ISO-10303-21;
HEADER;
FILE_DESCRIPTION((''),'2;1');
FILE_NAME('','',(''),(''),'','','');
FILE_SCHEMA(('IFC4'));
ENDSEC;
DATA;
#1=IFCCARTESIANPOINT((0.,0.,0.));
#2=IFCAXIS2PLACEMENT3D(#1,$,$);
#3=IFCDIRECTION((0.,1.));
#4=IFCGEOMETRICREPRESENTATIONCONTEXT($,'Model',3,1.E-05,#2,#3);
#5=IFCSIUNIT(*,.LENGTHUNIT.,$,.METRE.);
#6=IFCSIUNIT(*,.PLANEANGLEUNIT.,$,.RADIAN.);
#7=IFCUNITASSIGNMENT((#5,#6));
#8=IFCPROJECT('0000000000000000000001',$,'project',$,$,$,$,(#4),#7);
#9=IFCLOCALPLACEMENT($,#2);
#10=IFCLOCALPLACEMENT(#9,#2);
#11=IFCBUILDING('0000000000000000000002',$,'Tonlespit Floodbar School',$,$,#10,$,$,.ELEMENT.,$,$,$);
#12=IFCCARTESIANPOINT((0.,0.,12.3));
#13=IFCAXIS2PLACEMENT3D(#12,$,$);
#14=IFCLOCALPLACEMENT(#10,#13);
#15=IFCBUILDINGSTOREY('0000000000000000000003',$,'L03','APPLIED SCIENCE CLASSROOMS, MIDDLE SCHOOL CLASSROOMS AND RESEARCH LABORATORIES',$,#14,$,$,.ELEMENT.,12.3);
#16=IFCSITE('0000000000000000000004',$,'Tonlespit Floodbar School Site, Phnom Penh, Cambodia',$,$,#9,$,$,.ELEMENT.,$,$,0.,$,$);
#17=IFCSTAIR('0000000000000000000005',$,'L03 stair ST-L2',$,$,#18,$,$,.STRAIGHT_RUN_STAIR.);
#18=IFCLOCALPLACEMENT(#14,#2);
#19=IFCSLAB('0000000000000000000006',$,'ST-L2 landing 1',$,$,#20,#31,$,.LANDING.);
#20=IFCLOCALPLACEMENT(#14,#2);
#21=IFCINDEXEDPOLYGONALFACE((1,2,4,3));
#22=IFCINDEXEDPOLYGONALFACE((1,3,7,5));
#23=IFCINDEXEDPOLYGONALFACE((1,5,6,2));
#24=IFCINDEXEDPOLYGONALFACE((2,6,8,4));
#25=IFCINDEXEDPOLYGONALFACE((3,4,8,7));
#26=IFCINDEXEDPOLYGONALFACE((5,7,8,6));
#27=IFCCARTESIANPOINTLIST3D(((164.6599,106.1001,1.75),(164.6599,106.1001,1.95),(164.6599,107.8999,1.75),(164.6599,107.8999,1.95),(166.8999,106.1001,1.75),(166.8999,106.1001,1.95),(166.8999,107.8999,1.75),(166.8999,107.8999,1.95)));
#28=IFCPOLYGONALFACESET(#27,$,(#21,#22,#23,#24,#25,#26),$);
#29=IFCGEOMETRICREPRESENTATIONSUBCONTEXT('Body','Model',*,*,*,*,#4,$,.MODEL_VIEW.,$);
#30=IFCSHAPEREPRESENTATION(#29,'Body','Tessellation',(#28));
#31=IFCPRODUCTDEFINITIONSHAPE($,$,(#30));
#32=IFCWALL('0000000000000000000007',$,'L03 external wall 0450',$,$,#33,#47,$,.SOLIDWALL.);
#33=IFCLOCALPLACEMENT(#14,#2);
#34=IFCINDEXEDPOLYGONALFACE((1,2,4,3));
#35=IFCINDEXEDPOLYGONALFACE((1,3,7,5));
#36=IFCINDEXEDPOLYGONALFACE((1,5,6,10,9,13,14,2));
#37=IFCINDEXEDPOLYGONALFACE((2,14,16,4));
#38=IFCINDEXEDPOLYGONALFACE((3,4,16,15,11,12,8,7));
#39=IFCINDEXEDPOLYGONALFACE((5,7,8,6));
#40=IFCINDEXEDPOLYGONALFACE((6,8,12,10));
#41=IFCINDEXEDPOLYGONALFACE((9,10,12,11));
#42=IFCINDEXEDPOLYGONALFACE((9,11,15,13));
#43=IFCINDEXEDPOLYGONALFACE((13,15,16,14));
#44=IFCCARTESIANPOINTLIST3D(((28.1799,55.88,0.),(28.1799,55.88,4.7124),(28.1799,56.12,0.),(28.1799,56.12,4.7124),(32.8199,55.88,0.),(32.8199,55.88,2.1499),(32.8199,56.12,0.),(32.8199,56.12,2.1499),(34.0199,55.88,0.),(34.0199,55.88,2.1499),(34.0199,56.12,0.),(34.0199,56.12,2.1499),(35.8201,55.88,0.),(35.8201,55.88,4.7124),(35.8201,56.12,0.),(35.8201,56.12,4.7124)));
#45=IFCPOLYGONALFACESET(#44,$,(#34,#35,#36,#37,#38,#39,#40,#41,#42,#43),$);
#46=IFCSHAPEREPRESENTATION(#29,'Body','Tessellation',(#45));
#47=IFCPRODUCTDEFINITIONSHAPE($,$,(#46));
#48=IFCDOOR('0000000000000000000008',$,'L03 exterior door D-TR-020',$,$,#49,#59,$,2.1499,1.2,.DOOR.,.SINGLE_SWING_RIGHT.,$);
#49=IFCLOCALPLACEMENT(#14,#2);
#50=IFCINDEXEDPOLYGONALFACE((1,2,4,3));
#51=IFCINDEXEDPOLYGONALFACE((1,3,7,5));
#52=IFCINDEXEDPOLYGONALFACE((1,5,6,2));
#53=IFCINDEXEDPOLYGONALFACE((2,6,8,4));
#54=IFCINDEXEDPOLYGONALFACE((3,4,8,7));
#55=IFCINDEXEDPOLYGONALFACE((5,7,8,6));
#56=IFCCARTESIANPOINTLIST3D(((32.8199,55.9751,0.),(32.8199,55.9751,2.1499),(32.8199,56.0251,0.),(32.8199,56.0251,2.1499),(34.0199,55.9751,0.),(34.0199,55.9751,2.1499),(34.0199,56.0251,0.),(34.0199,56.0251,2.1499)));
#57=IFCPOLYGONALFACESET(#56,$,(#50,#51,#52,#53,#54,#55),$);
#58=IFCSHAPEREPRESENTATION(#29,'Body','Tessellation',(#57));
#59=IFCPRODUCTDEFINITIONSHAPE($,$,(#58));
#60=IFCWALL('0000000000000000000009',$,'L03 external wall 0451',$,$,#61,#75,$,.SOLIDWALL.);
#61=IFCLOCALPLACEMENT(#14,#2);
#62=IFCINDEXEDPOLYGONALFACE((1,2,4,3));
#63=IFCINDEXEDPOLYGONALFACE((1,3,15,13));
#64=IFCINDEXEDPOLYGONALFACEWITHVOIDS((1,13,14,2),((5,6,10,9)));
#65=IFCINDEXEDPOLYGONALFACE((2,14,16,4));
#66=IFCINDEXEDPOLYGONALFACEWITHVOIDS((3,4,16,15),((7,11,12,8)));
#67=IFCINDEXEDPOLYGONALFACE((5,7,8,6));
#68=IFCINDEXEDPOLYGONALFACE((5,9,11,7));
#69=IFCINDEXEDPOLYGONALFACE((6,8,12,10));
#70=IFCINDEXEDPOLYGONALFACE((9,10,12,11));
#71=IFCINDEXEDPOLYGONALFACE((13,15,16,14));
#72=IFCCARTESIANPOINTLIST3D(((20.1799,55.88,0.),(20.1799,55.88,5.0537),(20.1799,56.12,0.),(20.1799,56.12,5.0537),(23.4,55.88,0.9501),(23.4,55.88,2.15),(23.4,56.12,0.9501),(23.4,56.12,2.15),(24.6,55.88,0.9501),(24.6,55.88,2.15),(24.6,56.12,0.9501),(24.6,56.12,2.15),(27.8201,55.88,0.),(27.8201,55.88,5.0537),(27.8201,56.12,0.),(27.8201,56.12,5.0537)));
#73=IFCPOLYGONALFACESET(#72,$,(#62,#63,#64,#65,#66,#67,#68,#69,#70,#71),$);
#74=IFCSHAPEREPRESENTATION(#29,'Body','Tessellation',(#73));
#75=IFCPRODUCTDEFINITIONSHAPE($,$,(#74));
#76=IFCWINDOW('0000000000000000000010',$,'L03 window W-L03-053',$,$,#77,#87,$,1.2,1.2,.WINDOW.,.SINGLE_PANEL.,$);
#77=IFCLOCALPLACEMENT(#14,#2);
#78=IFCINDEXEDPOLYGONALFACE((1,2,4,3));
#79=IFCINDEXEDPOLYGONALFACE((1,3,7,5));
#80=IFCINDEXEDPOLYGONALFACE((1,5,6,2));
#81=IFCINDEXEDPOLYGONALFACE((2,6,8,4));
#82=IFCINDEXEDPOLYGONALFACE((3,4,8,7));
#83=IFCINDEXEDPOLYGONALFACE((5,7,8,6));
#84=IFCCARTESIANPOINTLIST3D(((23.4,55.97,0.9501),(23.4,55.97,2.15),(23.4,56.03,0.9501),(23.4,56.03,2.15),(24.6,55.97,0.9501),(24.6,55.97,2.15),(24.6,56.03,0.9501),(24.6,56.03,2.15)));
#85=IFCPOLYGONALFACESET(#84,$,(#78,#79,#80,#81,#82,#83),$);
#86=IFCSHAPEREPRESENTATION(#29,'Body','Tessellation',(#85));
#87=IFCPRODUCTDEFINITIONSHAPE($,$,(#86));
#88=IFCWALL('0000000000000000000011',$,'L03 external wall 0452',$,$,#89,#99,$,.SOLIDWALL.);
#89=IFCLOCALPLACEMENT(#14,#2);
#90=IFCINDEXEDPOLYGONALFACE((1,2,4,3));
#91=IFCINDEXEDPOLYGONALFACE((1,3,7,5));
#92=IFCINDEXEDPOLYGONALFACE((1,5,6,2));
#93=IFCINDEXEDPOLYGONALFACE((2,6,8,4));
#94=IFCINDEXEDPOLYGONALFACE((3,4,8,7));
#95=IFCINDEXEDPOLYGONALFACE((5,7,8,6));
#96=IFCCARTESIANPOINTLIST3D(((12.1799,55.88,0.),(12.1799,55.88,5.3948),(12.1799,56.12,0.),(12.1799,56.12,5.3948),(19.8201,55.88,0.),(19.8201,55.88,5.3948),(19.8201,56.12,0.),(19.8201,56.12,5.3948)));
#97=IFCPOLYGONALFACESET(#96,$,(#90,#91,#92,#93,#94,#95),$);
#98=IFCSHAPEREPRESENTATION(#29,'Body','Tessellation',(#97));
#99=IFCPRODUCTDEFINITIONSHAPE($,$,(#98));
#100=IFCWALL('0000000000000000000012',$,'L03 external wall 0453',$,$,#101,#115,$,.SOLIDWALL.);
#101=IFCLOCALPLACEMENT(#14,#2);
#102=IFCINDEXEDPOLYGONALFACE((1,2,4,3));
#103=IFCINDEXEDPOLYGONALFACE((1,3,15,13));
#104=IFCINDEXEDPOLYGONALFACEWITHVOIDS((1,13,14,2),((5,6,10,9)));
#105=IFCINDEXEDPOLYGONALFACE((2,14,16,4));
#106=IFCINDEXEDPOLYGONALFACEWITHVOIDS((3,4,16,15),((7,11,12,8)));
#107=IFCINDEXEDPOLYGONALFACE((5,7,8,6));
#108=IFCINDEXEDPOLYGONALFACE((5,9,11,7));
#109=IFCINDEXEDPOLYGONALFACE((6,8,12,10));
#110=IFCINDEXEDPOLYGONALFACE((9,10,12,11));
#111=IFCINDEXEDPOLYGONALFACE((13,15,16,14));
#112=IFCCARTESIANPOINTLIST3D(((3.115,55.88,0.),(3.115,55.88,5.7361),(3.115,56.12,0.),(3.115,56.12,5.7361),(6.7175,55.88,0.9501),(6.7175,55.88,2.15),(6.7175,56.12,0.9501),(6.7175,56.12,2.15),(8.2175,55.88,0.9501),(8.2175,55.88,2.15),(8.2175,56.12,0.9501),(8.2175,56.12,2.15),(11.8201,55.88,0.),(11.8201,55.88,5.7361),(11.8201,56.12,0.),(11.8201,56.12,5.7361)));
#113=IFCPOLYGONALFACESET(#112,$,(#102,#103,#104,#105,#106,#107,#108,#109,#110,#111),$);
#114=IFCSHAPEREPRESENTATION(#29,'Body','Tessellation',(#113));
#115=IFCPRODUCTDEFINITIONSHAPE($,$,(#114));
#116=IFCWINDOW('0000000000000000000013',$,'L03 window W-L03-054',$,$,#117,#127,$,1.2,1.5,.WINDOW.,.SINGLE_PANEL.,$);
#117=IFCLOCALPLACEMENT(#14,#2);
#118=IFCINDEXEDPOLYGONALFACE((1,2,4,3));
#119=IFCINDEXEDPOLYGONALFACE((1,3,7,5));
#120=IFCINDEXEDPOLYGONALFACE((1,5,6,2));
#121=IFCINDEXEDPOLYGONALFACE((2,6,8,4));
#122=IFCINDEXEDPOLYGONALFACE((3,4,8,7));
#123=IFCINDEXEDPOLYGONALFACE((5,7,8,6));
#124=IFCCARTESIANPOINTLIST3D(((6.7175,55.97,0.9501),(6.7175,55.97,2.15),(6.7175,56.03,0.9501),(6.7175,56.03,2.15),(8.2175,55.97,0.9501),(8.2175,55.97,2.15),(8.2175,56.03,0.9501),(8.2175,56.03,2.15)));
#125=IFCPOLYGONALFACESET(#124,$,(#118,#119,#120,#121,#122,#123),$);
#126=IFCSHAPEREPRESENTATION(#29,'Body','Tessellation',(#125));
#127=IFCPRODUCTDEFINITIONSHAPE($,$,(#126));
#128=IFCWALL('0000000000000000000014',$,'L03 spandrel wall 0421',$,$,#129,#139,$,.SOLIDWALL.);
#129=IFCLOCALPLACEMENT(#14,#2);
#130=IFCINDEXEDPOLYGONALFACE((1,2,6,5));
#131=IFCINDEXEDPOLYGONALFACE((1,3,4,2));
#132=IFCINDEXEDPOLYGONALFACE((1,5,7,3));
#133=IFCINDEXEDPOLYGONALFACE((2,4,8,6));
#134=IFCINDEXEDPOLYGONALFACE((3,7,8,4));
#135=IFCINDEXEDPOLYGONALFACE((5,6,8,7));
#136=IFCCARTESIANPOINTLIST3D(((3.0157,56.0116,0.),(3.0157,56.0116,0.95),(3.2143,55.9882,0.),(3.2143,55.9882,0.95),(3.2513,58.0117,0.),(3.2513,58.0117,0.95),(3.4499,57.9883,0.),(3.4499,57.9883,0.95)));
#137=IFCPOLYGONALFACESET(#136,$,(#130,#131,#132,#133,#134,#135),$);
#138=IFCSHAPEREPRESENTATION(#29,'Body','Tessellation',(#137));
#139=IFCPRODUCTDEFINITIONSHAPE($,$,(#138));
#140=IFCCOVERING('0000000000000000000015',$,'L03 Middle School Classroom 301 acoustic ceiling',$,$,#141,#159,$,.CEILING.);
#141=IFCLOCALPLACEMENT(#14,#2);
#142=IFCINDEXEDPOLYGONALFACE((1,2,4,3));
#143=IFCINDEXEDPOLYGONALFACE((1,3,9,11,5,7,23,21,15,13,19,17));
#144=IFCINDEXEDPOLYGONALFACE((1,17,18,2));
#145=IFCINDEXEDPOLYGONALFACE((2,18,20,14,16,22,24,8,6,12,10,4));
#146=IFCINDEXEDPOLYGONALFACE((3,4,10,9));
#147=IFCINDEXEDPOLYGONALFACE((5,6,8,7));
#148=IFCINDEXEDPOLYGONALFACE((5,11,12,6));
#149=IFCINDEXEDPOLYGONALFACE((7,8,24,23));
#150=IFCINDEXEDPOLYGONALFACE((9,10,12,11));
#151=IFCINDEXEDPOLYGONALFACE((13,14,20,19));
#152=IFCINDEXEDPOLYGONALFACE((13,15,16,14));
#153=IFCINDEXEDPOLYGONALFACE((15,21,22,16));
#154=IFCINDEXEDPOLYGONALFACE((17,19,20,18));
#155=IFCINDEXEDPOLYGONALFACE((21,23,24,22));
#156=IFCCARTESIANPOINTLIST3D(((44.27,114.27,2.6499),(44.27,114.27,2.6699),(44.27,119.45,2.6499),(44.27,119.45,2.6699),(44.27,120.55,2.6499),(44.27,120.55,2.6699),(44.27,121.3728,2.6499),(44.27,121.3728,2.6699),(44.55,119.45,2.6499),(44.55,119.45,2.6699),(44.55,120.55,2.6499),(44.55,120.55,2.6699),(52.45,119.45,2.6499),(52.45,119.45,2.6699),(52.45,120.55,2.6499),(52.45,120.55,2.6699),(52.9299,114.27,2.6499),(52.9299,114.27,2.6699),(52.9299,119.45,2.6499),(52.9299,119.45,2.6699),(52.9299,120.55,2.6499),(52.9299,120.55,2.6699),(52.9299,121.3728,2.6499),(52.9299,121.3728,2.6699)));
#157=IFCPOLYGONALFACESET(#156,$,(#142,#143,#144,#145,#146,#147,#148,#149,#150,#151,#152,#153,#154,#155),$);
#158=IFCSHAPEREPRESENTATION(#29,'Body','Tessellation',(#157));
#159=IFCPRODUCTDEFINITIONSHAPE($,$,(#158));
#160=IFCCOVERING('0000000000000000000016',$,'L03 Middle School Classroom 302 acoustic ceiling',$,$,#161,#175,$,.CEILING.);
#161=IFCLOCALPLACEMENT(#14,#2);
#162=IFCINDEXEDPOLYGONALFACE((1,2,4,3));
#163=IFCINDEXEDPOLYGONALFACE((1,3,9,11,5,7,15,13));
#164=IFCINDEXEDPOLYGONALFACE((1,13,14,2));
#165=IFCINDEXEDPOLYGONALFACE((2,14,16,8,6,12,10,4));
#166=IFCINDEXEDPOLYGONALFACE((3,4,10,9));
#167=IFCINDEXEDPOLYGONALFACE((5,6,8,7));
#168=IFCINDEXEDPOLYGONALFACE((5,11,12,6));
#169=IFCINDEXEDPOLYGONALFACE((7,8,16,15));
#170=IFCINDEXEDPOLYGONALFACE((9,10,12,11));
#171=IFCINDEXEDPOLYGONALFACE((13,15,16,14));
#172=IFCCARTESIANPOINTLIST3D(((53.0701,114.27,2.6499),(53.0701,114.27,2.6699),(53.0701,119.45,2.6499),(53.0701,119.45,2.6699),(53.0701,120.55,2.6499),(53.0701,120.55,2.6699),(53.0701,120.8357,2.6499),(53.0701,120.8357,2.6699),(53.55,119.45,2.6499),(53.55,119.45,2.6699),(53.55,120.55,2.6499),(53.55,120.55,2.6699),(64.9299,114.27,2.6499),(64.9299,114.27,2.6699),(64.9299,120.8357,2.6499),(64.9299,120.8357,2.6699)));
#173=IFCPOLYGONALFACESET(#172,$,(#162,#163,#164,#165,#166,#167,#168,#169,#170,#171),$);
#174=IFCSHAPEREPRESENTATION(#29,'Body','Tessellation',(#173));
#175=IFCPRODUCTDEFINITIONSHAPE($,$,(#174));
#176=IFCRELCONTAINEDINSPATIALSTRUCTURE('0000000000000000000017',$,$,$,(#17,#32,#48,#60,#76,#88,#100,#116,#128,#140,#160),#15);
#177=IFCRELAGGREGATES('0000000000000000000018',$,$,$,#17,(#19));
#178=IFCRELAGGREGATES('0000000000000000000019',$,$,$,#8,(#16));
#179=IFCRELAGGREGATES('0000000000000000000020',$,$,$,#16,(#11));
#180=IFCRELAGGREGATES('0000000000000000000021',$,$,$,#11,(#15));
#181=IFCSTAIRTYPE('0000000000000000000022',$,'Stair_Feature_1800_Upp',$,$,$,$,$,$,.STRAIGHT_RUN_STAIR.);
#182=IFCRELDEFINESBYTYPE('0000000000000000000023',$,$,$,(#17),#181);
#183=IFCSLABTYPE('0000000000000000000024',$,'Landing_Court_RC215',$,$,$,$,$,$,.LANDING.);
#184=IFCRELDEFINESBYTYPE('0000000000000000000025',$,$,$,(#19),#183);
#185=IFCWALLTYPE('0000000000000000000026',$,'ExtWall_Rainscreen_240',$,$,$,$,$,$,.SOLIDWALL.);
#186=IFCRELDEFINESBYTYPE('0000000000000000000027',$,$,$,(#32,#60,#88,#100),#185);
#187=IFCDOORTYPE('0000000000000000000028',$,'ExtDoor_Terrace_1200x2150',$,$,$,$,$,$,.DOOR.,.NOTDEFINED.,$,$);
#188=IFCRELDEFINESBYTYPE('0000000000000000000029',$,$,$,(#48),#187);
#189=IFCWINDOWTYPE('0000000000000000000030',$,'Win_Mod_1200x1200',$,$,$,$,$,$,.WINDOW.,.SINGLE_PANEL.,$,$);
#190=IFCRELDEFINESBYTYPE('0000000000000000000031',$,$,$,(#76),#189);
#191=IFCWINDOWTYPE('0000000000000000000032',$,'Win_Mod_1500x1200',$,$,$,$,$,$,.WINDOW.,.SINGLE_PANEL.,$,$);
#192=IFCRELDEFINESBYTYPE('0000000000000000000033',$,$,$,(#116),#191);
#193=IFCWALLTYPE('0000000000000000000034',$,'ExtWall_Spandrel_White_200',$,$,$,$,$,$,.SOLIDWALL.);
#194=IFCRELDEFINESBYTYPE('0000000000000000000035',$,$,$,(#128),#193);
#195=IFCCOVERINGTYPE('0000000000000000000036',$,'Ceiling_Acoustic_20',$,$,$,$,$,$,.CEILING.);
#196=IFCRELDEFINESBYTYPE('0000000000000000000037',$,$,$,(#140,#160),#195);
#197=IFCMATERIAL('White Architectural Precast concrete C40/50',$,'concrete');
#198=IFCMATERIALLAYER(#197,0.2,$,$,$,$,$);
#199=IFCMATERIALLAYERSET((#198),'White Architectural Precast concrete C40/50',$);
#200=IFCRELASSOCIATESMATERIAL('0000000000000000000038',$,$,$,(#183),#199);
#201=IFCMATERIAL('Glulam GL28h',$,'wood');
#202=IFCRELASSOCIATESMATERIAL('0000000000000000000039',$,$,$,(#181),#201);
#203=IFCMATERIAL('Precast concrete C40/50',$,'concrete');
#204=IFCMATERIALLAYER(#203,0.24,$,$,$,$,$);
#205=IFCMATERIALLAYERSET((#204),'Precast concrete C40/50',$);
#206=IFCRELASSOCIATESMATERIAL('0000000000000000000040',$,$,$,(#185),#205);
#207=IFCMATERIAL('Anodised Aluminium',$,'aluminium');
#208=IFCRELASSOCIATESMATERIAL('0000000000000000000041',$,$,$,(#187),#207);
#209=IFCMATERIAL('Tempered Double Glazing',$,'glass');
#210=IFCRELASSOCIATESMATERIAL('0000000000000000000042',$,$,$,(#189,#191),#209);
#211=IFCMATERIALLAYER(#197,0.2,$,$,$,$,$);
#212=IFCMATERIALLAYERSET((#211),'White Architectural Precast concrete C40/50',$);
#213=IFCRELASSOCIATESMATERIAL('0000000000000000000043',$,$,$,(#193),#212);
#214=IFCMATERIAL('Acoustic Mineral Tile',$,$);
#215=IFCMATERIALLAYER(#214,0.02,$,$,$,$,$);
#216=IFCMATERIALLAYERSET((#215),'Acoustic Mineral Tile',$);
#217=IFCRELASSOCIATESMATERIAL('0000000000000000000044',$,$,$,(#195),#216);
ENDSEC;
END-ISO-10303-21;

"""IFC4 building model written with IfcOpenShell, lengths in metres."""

from ifc_helpers import new_model, si_unit, direction, frame, frame_2d, origin, place, context, subcontext, project, spatial, polyline, rectangle, outline, extrude, material, layer, layer_set, type_object, element, fill, aggregate, save


model = new_model("IFC4")

# Units and contexts
model_context = context("Model", 3, precision=1e-05, world=origin(), true_north=direction((0.0, 1.0)))
body_context = subcontext(model_context, "Body", "Model", "MODEL_VIEW")
ifc_project = project(units=[si_unit("LENGTHUNIT", "METRE"), si_unit("PLANEANGLEUNIT", "RADIAN")], contexts=[model_context])

# Site, building, storey
site_placement = place(None, origin())
site = spatial("IfcSite", under=ifc_project, at=site_placement, Name="Tonlespit Floodbar School Site, Phnom Penh, Cambodia", CompositionType="ELEMENT", RefElevation=0.0)
building_placement = place(site_placement, origin())
building = spatial("IfcBuilding", under=site, at=building_placement, Name="Tonlespit Floodbar School", CompositionType="ELEMENT")
storey_placement = place(building_placement, frame((0.0, 0.0, 12.3)))
storey = spatial("IfcBuildingStorey", under=building, at=storey_placement, Name="L03", Description="APPLIED SCIENCE CLASSROOMS, MIDDLE SCHOOL CLASSROOMS AND RESEARCH LABORATORIES", CompositionType="ELEMENT", Elevation=12.3)

# Shared definitions
ifc_material_1 = material(Name="Glulam GL28h", Category="wood")

# Stair, slab
ifc_material_2 = material(Name="White Architectural Precast concrete C40/50", Category="concrete")
ifc_layer_1 = layer(ifc_material_2, 0.2)
ifc_layer_set_1 = layer_set([ifc_layer_1], Name="White Architectural Precast concrete C40/50")
slab_type = type_object("IfcSlabType", Name="Landing_Court_RC215", PredefinedType="LANDING", material=ifc_layer_set_1)
stair_type_1 = type_object("IfcStairType", Name="Stair_Feature_1800_Upp", PredefinedType="STRAIGHT_RUN_STAIR", material=ifc_material_1)
stair_1_placement = place(storey_placement, origin())
stair_1 = element("IfcStair", 1, at=stair_1_placement, inside=storey, type_object=stair_type_1, Name="L03 stair ST-L2", PredefinedType="STRAIGHT_RUN_STAIR")
slab_1_placement = place(storey_placement, frame((0.0, 0.0, 1.75)))
slab_1 = element("IfcSlab", 2, at=slab_1_placement, type_object=slab_type, Name="ST-L2 landing 1", PredefinedType="LANDING", context=body_context, shape_type="SweptSolid", body=[
    extrude(outline(polyline([(166.8999, 107.8999), (164.6599, 107.8999), (164.6599, 106.1001), (166.8999, 106.1001), (166.8999, 107.8999)])), origin(), (0.0, 0.0, 1.0), 0.2),
])
aggregate(stair_1, [slab_1])

# Wall, opening, door
ifc_material_3 = material(Name="Precast concrete C40/50", Category="concrete")
ifc_layer_2 = layer(ifc_material_3, 0.24)
ifc_layer_set_2 = layer_set([ifc_layer_2], Name="Precast concrete C40/50")
wall_type_1 = type_object("IfcWallType", Name="ExtWall_Rainscreen_240", PredefinedType="SOLIDWALL", material=ifc_layer_set_2)
wall_1_placement = place(storey_placement, frame((35.8201, 56.0, 0.0), z_axis=(0.0, 0.0, 1.0), x_axis=(-1.0, 0.0, 0.0)))
wall_1 = element("IfcWall", 3, at=wall_1_placement, inside=storey, type_object=wall_type_1, Name="L03 external wall 0450", PredefinedType="SOLIDWALL", context=body_context, shape_type="SweptSolid", body=[
    extrude(rectangle(XDim=7.6401, YDim=0.24, at=frame_2d((3.8201, 0.0))), origin(), (0.0, 0.0, 1.0), 4.7124),
])
opening_1_placement = place(wall_1_placement, frame((1.8, 0.0, 0.0)))
opening_1 = element("IfcOpeningElement", 4, at=opening_1_placement, cuts=wall_1, PredefinedType="OPENING", context=body_context, shape_type="SweptSolid", body=[
    extrude(rectangle(XDim=1.2, YDim=2.1499, at=frame_2d((0.6001, 1.075))), frame((0.0, 0.1299, 0.0), z_axis=(0.0, -1.0, 0.0), x_axis=(1.0, 0.0, 0.0)), (0.0, 0.0, 1.0), 0.26),
])
ifc_material_4 = material(Name="Anodised Aluminium", Category="aluminium")
door_type = type_object("IfcDoorType", Name="ExtDoor_Terrace_1200x2150", OperationType="NOTDEFINED", PredefinedType="DOOR", material=ifc_material_4)
door_placement = place(opening_1_placement, origin())
door = element("IfcDoor", 5, at=door_placement, inside=storey, type_object=door_type, Name="L03 exterior door D-TR-020", OperationType="SINGLE_SWING_RIGHT", OverallHeight=2.1499, OverallWidth=1.2, PredefinedType="DOOR", context=body_context, shape_type="SweptSolid", body=[
    extrude(rectangle(XDim=1.2, YDim=2.1499, at=frame_2d((0.6001, 1.075))), frame((0.0, 0.0249, 0.0), z_axis=(0.0, -1.0, 0.0), x_axis=(1.0, 0.0, 0.0)), (0.0, 0.0, 1.0), 0.05),
])
fill(opening_1, door)

# Wall, opening, window
wall_2_placement = place(storey_placement, frame((27.8201, 56.0, 0.0), z_axis=(0.0, 0.0, 1.0), x_axis=(-1.0, 0.0, 0.0)))
wall_2 = element("IfcWall", 6, at=wall_2_placement, inside=storey, type_object=wall_type_1, Name="L03 external wall 0451", PredefinedType="SOLIDWALL", context=body_context, shape_type="SweptSolid", body=[
    extrude(rectangle(XDim=7.6401, YDim=0.24, at=frame_2d((3.8201, 0.0))), origin(), (0.0, 0.0, 1.0), 5.0537),
])
opening_2_placement = place(wall_2_placement, frame((3.22, 0.0, 0.95)))
opening_2 = element("IfcOpeningElement", 7, at=opening_2_placement, cuts=wall_2, PredefinedType="OPENING", context=body_context, shape_type="SweptSolid", body=[
    extrude(rectangle(XDim=1.2, YDim=1.2, at=frame_2d((0.6001, 0.6001))), frame((0.0, 0.1299, 0.0), z_axis=(0.0, -1.0, 0.0), x_axis=(1.0, 0.0, 0.0)), (0.0, 0.0, 1.0), 0.26),
])
ifc_material_5 = material(Name="Tempered Double Glazing", Category="glass")
window_type_1 = type_object("IfcWindowType", Name="Win_Mod_1200x1200", PartitioningType="SINGLE_PANEL", PredefinedType="WINDOW", material=ifc_material_5)
window_1_placement = place(opening_2_placement, origin())
window_1 = element("IfcWindow", 8, at=window_1_placement, inside=storey, type_object=window_type_1, Name="L03 window W-L03-053", OverallHeight=1.2, OverallWidth=1.2, PartitioningType="SINGLE_PANEL", PredefinedType="WINDOW", context=body_context, shape_type="SweptSolid", body=[
    extrude(rectangle(XDim=1.2, YDim=1.2, at=frame_2d((0.6001, 0.6001))), frame((0.0, 0.03, 0.0), z_axis=(0.0, -1.0, 0.0), x_axis=(1.0, 0.0, 0.0)), (0.0, 0.0, 1.0), 0.0601),
])
fill(opening_2, window_1)

# Wall
wall_3_placement = place(storey_placement, frame((19.8201, 56.0, 0.0), z_axis=(0.0, 0.0, 1.0), x_axis=(-1.0, 0.0, 0.0)))
element("IfcWall", 9, at=wall_3_placement, inside=storey, type_object=wall_type_1, Name="L03 external wall 0452", PredefinedType="SOLIDWALL", context=body_context, shape_type="SweptSolid", body=[
    extrude(rectangle(XDim=7.6401, YDim=0.24, at=frame_2d((3.8201, 0.0))), origin(), (0.0, 0.0, 1.0), 5.3948),
])

# Wall, opening, window
wall_4_placement = place(storey_placement, frame((11.8201, 56.0, 0.0), z_axis=(0.0, 0.0, 1.0), x_axis=(-1.0, 0.0, 0.0)))
wall_4 = element("IfcWall", 10, at=wall_4_placement, inside=storey, type_object=wall_type_1, Name="L03 external wall 0453", PredefinedType="SOLIDWALL", context=body_context, shape_type="SweptSolid", body=[
    extrude(rectangle(XDim=8.7051, YDim=0.24, at=frame_2d((4.3525, 0.0))), origin(), (0.0, 0.0, 1.0), 5.7361),
])
opening_3_placement = place(wall_4_placement, frame((3.6025, 0.0, 0.95)))
opening_3 = element("IfcOpeningElement", 11, at=opening_3_placement, cuts=wall_4, PredefinedType="OPENING", context=body_context, shape_type="SweptSolid", body=[
    extrude(rectangle(XDim=1.5, YDim=1.2, at=frame_2d((0.75, 0.6001))), frame((0.0, 0.1299, 0.0), z_axis=(0.0, -1.0, 0.0), x_axis=(1.0, 0.0, 0.0)), (0.0, 0.0, 1.0), 0.26),
])
window_type_2 = type_object("IfcWindowType", Name="Win_Mod_1500x1200", PartitioningType="SINGLE_PANEL", PredefinedType="WINDOW", material=ifc_material_5)
window_2_placement = place(opening_3_placement, origin())
window_2 = element("IfcWindow", 12, at=window_2_placement, inside=storey, type_object=window_type_2, Name="L03 window W-L03-054", OverallHeight=1.2, OverallWidth=1.5, PartitioningType="SINGLE_PANEL", PredefinedType="WINDOW", context=body_context, shape_type="SweptSolid", body=[
    extrude(rectangle(XDim=1.5, YDim=1.2, at=frame_2d((0.75, 0.6001))), frame((0.0, 0.03, 0.0), z_axis=(0.0, -1.0, 0.0), x_axis=(1.0, 0.0, 0.0)), (0.0, 0.0, 1.0), 0.0601),
])
fill(opening_3, window_2)

# Wall
ifc_layer_3 = layer(ifc_material_2, 0.2)
ifc_layer_set_3 = layer_set([ifc_layer_3], Name="White Architectural Precast concrete C40/50")
wall_type_2 = type_object("IfcWallType", Name="ExtWall_Spandrel_White_200", PredefinedType="SOLIDWALL", material=ifc_layer_set_3)
wall_5_placement = place(storey_placement, frame((3.115, 56.0, 0.0), z_axis=(0.0, 0.0, 1.0), x_axis=(0.116989, 0.993133, 0.0)))
element("IfcWall", 13, at=wall_5_placement, inside=storey, type_object=wall_type_2, Name="L03 spandrel wall 0421", PredefinedType="SOLIDWALL", context=body_context, shape_type="SweptSolid", body=[
    extrude(rectangle(XDim=2.0139, YDim=0.2, at=frame_2d((1.0068, 0.0))), origin(), (0.0, 0.0, 1.0), 0.95),
])

# Coverings
ifc_material_6 = material(Name="Acoustic Mineral Tile")
ifc_layer_4 = layer(ifc_material_6, 0.02)
ifc_layer_set_4 = layer_set([ifc_layer_4], Name="Acoustic Mineral Tile")
covering_type_1 = type_object("IfcCoveringType", Name="Ceiling_Acoustic_20", PredefinedType="CEILING", material=ifc_layer_set_4)
covering_1_placement = place(storey_placement, frame((0.0, 0.0, 2.6499)))
element("IfcCovering", 14, at=covering_1_placement, inside=storey, type_object=covering_type_1, Name="L03 Middle School Classroom 301 acoustic ceiling", PredefinedType="CEILING", context=body_context, shape_type="SweptSolid", body=[
    extrude(outline(polyline([(44.27, 120.55), (44.27, 121.3728), (52.9299, 121.3728), (52.9299, 120.55), (52.45, 120.55), (52.45, 119.45), (52.9299, 119.45), (52.9299, 114.27), (44.27, 114.27), (44.27, 119.45), (44.55, 119.45), (44.55, 120.55), (44.27, 120.55)])), origin(), (0.0, 0.0, 1.0), 0.02),
])
covering_2_placement = place(storey_placement, frame((0.0, 0.0, 2.6499)))
element("IfcCovering", 15, at=covering_2_placement, inside=storey, type_object=covering_type_1, Name="L03 Middle School Classroom 302 acoustic ceiling", PredefinedType="CEILING", context=body_context, shape_type="SweptSolid", body=[
    extrude(outline(polyline([(64.9299, 114.27), (53.0701, 114.27), (53.0701, 119.45), (53.55, 119.45), (53.55, 120.55), (53.0701, 120.55), (53.0701, 120.8357), (64.9299, 120.8357), (64.9299, 114.27)])), origin(), (0.0, 0.0, 1.0), 0.02),
])

save(model, "model.ifc")
